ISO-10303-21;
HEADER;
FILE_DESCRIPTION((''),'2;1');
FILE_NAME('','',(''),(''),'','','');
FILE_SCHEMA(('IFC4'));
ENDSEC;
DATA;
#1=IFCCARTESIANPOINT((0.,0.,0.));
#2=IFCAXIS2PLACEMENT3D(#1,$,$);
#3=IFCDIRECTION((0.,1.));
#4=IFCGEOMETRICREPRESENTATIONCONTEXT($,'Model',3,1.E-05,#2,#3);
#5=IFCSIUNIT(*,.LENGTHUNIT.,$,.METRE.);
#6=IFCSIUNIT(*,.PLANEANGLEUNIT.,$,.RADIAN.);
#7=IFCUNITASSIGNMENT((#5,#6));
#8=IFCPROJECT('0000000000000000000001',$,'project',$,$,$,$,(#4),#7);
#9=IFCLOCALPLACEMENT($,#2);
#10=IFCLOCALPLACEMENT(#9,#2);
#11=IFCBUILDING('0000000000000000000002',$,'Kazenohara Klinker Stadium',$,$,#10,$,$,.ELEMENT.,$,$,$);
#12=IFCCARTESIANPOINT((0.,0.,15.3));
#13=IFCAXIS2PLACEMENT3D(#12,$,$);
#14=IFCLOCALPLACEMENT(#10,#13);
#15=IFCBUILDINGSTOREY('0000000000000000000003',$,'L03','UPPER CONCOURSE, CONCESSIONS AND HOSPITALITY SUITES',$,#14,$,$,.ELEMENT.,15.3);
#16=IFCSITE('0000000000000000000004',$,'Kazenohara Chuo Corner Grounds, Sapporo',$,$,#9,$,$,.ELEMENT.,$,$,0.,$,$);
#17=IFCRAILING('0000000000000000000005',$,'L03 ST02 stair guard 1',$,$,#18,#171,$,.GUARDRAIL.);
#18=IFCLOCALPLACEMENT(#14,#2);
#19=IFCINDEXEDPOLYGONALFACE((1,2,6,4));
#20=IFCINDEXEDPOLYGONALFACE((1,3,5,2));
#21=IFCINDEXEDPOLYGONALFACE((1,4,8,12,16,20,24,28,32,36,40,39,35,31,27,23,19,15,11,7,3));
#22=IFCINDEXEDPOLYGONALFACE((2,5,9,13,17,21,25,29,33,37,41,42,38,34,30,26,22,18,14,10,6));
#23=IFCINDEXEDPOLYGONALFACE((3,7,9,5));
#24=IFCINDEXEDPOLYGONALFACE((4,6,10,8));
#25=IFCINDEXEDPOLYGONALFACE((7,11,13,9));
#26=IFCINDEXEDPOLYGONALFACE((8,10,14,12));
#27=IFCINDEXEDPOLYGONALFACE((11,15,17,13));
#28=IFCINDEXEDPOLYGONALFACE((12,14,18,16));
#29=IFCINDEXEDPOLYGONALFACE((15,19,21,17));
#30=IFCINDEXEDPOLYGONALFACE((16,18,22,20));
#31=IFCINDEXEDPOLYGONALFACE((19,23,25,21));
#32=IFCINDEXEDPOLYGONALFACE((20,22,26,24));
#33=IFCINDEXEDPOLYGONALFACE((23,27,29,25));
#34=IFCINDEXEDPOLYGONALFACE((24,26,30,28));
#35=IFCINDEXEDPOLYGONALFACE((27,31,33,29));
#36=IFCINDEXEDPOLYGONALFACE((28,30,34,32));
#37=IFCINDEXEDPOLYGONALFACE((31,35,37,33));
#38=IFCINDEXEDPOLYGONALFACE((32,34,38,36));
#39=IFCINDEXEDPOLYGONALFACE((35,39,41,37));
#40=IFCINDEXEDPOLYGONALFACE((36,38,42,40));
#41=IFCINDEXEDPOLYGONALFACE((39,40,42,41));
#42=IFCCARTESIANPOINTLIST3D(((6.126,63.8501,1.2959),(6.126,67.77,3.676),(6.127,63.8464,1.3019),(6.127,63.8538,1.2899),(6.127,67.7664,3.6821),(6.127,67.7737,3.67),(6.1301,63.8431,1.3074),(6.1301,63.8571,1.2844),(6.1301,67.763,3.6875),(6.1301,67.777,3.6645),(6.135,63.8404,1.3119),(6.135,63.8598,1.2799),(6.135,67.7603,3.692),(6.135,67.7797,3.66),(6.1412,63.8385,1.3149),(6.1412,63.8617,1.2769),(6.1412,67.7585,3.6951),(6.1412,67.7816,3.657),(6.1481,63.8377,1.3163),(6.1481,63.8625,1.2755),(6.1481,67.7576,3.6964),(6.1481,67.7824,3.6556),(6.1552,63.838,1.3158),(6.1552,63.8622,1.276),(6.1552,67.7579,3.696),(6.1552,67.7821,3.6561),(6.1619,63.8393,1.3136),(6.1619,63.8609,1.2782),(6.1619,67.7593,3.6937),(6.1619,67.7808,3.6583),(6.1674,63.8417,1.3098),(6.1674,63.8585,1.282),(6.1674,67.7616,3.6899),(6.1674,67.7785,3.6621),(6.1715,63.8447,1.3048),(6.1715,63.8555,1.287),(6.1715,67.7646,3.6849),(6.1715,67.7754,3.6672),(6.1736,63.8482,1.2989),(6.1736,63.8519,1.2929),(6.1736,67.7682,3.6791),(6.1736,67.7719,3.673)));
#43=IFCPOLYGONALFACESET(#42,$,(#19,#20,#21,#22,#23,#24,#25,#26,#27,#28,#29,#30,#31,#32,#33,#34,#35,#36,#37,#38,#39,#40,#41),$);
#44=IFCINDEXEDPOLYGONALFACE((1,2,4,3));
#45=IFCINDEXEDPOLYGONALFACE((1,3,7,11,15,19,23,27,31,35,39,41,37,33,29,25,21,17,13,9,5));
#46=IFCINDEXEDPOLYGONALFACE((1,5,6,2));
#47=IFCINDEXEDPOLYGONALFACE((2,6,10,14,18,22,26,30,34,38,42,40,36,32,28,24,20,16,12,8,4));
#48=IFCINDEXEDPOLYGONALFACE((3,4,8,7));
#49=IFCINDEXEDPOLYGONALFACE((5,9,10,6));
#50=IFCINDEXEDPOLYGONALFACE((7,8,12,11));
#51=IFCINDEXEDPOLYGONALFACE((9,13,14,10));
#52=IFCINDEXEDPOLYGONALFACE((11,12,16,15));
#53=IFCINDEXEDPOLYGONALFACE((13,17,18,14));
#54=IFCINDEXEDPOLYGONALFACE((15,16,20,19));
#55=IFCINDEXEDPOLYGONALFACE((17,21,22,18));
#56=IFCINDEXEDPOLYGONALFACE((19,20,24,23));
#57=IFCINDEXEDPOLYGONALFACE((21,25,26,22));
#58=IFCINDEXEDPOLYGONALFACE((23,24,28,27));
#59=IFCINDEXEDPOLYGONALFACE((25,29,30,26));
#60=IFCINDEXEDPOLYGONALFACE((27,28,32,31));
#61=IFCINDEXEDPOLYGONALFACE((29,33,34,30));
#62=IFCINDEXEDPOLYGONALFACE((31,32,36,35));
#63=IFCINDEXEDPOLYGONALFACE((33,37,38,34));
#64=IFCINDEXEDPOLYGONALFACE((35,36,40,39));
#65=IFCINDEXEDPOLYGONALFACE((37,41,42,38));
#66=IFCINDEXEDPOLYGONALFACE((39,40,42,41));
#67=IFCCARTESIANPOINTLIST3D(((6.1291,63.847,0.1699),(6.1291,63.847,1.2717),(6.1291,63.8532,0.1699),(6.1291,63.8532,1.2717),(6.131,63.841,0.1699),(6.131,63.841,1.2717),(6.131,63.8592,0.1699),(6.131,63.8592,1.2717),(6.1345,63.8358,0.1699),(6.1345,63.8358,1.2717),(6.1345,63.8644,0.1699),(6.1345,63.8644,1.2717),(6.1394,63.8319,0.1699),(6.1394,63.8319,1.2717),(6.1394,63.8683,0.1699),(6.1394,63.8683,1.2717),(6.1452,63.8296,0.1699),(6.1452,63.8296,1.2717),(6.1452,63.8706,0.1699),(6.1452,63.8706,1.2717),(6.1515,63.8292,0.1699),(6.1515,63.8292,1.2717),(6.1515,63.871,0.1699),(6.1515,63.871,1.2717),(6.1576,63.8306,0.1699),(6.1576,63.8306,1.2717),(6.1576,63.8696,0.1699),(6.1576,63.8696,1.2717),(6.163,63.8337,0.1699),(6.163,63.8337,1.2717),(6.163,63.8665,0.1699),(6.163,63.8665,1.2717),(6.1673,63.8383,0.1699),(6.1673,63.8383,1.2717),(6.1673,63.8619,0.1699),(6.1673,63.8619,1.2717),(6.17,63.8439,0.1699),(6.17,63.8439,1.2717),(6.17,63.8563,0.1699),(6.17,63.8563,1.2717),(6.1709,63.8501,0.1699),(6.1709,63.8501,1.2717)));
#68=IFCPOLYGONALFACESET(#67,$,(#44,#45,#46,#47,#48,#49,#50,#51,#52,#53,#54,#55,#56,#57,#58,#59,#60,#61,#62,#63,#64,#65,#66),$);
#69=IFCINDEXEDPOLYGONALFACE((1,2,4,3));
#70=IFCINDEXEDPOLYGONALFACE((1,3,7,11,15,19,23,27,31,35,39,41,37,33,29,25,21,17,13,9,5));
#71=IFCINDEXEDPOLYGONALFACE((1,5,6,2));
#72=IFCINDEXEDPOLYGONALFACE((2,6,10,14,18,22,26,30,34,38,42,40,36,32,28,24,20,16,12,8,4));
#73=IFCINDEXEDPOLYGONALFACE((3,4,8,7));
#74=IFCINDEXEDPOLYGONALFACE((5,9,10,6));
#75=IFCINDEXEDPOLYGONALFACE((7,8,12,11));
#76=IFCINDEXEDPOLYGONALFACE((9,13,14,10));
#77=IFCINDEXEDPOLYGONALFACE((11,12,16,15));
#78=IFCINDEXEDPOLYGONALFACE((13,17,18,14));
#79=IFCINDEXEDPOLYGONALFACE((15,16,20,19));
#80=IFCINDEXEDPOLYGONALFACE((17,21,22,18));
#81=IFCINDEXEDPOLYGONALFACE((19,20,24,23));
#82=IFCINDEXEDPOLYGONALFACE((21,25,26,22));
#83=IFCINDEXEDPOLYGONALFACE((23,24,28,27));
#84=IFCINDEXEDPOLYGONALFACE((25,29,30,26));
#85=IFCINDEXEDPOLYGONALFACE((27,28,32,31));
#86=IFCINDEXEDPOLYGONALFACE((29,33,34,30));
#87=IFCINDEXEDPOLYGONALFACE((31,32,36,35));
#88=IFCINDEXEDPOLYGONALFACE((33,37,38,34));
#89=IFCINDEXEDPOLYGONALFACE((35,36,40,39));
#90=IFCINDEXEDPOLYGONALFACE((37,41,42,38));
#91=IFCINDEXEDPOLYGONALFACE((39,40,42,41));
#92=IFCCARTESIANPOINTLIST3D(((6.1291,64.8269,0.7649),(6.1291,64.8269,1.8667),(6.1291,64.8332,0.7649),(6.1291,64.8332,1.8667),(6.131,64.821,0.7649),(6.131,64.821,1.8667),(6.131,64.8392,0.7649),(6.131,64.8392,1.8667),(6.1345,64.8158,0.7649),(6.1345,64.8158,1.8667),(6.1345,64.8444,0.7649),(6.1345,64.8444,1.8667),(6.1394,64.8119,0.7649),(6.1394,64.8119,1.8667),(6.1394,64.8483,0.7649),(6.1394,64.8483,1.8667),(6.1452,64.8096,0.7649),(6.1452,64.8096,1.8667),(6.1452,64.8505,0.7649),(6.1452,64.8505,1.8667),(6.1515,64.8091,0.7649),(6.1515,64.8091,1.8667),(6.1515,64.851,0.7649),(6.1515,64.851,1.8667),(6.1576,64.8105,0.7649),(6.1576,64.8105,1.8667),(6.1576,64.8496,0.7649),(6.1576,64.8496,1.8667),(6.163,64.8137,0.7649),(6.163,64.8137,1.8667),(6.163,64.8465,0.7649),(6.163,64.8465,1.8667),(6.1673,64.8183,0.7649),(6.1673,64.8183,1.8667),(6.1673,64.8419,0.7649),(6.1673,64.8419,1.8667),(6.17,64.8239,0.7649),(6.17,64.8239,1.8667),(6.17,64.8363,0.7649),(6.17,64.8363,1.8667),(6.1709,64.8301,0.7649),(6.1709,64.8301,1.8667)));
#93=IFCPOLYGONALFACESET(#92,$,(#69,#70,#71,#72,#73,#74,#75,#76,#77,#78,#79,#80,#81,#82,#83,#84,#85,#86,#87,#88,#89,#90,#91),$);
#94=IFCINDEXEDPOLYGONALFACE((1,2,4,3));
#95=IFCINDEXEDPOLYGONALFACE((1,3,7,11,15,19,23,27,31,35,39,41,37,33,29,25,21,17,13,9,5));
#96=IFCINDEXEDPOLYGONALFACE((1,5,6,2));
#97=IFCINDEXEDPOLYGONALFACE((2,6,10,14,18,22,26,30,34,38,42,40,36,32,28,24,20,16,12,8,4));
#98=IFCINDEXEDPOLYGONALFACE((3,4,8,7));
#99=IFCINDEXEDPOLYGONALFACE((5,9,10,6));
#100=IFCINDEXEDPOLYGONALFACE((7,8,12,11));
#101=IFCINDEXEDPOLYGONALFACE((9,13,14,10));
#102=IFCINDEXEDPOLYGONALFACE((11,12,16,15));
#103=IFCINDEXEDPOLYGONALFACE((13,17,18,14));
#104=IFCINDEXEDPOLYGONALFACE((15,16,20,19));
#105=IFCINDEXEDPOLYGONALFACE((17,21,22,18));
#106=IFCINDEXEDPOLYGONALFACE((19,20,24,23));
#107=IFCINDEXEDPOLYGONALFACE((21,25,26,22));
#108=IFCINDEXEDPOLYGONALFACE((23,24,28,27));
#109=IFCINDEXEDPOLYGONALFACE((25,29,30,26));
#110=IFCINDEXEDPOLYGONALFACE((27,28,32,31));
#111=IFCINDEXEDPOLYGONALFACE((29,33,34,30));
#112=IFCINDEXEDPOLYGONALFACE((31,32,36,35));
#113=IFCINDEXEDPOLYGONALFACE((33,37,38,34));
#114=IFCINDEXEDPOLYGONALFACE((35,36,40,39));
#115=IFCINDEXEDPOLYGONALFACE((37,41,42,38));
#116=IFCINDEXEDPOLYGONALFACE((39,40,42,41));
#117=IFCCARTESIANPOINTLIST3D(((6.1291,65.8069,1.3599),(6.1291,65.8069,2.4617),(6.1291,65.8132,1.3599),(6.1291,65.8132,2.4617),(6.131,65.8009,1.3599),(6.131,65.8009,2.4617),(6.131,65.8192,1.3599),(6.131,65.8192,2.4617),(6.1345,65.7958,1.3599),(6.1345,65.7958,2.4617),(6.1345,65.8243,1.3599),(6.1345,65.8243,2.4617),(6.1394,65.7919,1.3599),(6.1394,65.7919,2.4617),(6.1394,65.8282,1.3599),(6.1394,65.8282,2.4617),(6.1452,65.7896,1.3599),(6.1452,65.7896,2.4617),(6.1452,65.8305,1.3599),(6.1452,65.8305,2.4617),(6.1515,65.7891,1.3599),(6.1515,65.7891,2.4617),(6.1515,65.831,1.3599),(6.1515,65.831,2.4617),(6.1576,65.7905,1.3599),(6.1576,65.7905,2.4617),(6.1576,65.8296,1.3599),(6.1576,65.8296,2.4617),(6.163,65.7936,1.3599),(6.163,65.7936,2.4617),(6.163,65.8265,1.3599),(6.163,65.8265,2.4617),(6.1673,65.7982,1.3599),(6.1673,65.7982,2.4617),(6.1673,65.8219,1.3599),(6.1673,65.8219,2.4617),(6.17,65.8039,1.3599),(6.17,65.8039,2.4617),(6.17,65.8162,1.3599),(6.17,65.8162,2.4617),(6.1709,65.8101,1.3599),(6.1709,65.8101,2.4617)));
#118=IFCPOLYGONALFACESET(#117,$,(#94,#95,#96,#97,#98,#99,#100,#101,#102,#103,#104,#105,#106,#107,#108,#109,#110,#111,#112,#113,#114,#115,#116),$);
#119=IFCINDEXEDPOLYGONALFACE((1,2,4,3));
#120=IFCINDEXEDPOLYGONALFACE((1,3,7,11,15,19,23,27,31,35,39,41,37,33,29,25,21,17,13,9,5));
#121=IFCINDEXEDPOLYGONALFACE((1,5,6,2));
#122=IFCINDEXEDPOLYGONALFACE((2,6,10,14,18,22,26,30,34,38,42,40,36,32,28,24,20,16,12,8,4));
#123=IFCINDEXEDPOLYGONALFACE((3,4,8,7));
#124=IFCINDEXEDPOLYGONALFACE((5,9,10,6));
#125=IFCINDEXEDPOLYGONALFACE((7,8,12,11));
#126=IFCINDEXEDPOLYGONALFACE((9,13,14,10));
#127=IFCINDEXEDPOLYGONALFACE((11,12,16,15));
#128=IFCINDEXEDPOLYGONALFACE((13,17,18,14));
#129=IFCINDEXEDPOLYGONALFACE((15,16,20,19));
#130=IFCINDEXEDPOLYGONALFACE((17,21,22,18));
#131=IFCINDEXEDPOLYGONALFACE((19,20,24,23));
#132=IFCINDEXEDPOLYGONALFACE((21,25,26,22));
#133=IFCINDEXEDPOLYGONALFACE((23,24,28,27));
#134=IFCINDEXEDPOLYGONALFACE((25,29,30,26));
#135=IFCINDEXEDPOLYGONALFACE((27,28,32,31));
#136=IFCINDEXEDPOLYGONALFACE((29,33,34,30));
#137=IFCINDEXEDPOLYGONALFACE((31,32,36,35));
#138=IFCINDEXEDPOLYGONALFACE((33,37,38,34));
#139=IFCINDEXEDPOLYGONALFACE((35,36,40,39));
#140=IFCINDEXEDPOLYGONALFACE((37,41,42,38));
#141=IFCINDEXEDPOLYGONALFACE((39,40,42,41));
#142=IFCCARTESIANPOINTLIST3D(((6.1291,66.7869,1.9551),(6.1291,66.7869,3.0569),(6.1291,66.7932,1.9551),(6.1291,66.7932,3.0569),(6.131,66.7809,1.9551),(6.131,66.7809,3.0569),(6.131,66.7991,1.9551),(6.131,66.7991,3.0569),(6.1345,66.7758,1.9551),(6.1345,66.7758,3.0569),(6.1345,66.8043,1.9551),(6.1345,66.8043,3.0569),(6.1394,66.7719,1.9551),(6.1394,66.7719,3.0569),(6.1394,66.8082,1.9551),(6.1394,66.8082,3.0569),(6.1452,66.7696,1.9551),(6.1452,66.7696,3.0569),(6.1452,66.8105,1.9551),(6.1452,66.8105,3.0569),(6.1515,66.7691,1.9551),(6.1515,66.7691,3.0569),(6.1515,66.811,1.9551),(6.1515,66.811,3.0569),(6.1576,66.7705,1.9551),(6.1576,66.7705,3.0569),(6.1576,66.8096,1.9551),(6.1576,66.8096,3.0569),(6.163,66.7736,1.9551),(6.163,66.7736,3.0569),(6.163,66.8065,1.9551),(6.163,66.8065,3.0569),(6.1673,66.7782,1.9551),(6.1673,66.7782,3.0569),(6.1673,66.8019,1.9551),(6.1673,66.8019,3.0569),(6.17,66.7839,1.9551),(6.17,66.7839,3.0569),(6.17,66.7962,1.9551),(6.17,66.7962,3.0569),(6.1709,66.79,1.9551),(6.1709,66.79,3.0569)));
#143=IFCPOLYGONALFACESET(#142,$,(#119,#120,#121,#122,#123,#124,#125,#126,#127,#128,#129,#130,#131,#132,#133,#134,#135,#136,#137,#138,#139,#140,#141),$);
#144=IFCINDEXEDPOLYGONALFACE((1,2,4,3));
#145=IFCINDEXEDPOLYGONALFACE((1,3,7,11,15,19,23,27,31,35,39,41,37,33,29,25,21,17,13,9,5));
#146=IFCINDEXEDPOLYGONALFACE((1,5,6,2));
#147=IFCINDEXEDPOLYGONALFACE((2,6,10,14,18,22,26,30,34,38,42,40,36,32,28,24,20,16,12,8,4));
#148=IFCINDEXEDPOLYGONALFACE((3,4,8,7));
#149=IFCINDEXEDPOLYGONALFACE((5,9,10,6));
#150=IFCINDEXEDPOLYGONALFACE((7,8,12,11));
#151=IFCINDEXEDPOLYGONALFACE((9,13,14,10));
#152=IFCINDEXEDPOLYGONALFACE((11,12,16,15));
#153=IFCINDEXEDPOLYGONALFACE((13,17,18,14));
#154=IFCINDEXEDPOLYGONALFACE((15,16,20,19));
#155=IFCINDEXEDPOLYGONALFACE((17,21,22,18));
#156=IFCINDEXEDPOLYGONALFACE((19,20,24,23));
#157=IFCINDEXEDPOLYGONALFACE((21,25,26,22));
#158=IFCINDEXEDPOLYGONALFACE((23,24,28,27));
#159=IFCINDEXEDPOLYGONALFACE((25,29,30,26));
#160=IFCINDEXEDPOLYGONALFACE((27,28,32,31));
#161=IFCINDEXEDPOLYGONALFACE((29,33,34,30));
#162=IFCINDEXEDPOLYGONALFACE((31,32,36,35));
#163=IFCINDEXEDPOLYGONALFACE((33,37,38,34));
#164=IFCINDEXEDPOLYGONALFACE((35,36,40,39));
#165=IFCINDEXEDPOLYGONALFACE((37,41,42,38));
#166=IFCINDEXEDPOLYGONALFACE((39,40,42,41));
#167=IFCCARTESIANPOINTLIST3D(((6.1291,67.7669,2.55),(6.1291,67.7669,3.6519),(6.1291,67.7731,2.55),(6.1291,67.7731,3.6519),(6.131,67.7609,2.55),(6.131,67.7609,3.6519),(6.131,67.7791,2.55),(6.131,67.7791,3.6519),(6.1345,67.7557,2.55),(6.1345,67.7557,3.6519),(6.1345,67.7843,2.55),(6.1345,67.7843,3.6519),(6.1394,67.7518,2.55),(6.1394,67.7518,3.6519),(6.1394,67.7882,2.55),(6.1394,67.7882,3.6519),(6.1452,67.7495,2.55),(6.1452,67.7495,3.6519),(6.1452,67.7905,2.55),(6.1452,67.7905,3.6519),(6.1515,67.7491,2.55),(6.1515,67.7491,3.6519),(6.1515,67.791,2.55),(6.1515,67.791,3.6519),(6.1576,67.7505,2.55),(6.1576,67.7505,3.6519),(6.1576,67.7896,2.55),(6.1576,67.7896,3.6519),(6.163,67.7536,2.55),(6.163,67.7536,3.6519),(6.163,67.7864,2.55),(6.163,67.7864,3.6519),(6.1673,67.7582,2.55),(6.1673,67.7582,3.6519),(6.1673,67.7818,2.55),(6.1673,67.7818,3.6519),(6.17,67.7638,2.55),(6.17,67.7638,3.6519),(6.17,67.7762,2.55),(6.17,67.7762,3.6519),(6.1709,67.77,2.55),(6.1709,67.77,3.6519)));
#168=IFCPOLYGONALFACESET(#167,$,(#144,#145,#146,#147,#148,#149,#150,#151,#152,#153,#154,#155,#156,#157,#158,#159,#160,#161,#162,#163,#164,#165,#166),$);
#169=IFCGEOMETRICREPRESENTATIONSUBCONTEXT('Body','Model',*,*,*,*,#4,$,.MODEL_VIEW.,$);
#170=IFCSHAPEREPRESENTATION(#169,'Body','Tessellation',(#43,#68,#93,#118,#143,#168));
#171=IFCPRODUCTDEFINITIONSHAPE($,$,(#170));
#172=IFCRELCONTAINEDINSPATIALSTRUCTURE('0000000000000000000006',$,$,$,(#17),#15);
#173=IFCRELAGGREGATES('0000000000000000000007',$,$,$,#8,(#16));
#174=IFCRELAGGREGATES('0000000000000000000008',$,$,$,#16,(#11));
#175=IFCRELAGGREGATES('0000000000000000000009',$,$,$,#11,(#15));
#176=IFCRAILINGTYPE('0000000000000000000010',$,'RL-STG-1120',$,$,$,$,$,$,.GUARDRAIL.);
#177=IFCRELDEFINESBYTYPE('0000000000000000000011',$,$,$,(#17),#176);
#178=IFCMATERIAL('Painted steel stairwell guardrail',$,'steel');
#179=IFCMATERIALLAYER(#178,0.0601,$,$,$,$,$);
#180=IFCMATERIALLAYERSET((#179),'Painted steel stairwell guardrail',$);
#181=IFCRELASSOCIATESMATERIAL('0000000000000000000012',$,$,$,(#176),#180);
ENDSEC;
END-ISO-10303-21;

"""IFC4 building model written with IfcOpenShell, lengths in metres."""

from ifc_helpers import new_model, si_unit, direction, frame, origin, origin_2d, place, context, subcontext, project, spatial, circle, extrude, material, layer, layer_set, type_object, element, save


model = new_model("IFC4")

# Units and contexts
model_context = context("Model", 3, precision=1e-05, world=origin(), true_north=direction((0.0, 1.0)))
body_context = subcontext(model_context, "Body", "Model", "MODEL_VIEW")
ifc_project = project(units=[si_unit("LENGTHUNIT", "METRE"), si_unit("PLANEANGLEUNIT", "RADIAN")], contexts=[model_context])

# Site, building, storey
site_placement = place(None, origin())
site = spatial("IfcSite", under=ifc_project, at=site_placement, Name="Kazenohara Chuo Corner Grounds, Sapporo", CompositionType="ELEMENT", RefElevation=0.0)
building_placement = place(site_placement, origin())
building = spatial("IfcBuilding", under=site, at=building_placement, Name="Kazenohara Klinker Stadium", CompositionType="ELEMENT")
storey_placement = place(building_placement, frame((0.0, 0.0, 15.3)))
storey = spatial("IfcBuildingStorey", under=building, at=storey_placement, Name="L03", Description="UPPER CONCOURSE, CONCESSIONS AND HOSPITALITY SUITES", CompositionType="ELEMENT", Elevation=15.3)

# Railing
ifc_material_1 = material(Name="Painted steel stairwell guardrail", Category="steel")
ifc_layer_1 = layer(ifc_material_1, 0.0601)
ifc_layer_set_1 = layer_set([ifc_layer_1], Name="Painted steel stairwell guardrail")
railing_type_1 = type_object("IfcRailingType", Name="RL-STG-1120", PredefinedType="GUARDRAIL", material=ifc_layer_set_1)
railing_1_placement = place(storey_placement, frame((6.1499, 63.8501, 0.1699)))
element("IfcRailing", 1, at=railing_1_placement, inside=storey, type_object=railing_type_1, Name="L03 ST02 stair guard 1", PredefinedType="GUARDRAIL", context=body_context, shape_type="SweptSolid", body=[
    extrude(circle(Radius=0.0239, at=origin_2d()), frame((0.0, 0.0, 1.126), z_axis=(0.0, 0.854771, 0.519006), x_axis=(-1.0, 0.0, 0.0)), (0.0, 0.0, 1.0), 4.5859),
    extrude(circle(Radius=0.021, at=origin_2d()), origin(), (0.0, 0.0, 1.0), 1.1018),
    extrude(circle(Radius=0.021, at=origin_2d()), frame((0.0, 0.98, 0.595)), (0.0, 0.0, 1.0), 1.1018),
    extrude(circle(Radius=0.021, at=origin_2d()), frame((0.0, 1.96, 1.1899)), (0.0, 0.0, 1.0), 1.1018),
    extrude(circle(Radius=0.021, at=origin_2d()), frame((0.0, 2.9399, 1.7852)), (0.0, 0.0, 1.0), 1.1018),
    extrude(circle(Radius=0.021, at=origin_2d()), frame((0.0, 3.9199, 2.3801)), (0.0, 0.0, 1.0), 1.1018),
])

save(model, "model.ifc")
